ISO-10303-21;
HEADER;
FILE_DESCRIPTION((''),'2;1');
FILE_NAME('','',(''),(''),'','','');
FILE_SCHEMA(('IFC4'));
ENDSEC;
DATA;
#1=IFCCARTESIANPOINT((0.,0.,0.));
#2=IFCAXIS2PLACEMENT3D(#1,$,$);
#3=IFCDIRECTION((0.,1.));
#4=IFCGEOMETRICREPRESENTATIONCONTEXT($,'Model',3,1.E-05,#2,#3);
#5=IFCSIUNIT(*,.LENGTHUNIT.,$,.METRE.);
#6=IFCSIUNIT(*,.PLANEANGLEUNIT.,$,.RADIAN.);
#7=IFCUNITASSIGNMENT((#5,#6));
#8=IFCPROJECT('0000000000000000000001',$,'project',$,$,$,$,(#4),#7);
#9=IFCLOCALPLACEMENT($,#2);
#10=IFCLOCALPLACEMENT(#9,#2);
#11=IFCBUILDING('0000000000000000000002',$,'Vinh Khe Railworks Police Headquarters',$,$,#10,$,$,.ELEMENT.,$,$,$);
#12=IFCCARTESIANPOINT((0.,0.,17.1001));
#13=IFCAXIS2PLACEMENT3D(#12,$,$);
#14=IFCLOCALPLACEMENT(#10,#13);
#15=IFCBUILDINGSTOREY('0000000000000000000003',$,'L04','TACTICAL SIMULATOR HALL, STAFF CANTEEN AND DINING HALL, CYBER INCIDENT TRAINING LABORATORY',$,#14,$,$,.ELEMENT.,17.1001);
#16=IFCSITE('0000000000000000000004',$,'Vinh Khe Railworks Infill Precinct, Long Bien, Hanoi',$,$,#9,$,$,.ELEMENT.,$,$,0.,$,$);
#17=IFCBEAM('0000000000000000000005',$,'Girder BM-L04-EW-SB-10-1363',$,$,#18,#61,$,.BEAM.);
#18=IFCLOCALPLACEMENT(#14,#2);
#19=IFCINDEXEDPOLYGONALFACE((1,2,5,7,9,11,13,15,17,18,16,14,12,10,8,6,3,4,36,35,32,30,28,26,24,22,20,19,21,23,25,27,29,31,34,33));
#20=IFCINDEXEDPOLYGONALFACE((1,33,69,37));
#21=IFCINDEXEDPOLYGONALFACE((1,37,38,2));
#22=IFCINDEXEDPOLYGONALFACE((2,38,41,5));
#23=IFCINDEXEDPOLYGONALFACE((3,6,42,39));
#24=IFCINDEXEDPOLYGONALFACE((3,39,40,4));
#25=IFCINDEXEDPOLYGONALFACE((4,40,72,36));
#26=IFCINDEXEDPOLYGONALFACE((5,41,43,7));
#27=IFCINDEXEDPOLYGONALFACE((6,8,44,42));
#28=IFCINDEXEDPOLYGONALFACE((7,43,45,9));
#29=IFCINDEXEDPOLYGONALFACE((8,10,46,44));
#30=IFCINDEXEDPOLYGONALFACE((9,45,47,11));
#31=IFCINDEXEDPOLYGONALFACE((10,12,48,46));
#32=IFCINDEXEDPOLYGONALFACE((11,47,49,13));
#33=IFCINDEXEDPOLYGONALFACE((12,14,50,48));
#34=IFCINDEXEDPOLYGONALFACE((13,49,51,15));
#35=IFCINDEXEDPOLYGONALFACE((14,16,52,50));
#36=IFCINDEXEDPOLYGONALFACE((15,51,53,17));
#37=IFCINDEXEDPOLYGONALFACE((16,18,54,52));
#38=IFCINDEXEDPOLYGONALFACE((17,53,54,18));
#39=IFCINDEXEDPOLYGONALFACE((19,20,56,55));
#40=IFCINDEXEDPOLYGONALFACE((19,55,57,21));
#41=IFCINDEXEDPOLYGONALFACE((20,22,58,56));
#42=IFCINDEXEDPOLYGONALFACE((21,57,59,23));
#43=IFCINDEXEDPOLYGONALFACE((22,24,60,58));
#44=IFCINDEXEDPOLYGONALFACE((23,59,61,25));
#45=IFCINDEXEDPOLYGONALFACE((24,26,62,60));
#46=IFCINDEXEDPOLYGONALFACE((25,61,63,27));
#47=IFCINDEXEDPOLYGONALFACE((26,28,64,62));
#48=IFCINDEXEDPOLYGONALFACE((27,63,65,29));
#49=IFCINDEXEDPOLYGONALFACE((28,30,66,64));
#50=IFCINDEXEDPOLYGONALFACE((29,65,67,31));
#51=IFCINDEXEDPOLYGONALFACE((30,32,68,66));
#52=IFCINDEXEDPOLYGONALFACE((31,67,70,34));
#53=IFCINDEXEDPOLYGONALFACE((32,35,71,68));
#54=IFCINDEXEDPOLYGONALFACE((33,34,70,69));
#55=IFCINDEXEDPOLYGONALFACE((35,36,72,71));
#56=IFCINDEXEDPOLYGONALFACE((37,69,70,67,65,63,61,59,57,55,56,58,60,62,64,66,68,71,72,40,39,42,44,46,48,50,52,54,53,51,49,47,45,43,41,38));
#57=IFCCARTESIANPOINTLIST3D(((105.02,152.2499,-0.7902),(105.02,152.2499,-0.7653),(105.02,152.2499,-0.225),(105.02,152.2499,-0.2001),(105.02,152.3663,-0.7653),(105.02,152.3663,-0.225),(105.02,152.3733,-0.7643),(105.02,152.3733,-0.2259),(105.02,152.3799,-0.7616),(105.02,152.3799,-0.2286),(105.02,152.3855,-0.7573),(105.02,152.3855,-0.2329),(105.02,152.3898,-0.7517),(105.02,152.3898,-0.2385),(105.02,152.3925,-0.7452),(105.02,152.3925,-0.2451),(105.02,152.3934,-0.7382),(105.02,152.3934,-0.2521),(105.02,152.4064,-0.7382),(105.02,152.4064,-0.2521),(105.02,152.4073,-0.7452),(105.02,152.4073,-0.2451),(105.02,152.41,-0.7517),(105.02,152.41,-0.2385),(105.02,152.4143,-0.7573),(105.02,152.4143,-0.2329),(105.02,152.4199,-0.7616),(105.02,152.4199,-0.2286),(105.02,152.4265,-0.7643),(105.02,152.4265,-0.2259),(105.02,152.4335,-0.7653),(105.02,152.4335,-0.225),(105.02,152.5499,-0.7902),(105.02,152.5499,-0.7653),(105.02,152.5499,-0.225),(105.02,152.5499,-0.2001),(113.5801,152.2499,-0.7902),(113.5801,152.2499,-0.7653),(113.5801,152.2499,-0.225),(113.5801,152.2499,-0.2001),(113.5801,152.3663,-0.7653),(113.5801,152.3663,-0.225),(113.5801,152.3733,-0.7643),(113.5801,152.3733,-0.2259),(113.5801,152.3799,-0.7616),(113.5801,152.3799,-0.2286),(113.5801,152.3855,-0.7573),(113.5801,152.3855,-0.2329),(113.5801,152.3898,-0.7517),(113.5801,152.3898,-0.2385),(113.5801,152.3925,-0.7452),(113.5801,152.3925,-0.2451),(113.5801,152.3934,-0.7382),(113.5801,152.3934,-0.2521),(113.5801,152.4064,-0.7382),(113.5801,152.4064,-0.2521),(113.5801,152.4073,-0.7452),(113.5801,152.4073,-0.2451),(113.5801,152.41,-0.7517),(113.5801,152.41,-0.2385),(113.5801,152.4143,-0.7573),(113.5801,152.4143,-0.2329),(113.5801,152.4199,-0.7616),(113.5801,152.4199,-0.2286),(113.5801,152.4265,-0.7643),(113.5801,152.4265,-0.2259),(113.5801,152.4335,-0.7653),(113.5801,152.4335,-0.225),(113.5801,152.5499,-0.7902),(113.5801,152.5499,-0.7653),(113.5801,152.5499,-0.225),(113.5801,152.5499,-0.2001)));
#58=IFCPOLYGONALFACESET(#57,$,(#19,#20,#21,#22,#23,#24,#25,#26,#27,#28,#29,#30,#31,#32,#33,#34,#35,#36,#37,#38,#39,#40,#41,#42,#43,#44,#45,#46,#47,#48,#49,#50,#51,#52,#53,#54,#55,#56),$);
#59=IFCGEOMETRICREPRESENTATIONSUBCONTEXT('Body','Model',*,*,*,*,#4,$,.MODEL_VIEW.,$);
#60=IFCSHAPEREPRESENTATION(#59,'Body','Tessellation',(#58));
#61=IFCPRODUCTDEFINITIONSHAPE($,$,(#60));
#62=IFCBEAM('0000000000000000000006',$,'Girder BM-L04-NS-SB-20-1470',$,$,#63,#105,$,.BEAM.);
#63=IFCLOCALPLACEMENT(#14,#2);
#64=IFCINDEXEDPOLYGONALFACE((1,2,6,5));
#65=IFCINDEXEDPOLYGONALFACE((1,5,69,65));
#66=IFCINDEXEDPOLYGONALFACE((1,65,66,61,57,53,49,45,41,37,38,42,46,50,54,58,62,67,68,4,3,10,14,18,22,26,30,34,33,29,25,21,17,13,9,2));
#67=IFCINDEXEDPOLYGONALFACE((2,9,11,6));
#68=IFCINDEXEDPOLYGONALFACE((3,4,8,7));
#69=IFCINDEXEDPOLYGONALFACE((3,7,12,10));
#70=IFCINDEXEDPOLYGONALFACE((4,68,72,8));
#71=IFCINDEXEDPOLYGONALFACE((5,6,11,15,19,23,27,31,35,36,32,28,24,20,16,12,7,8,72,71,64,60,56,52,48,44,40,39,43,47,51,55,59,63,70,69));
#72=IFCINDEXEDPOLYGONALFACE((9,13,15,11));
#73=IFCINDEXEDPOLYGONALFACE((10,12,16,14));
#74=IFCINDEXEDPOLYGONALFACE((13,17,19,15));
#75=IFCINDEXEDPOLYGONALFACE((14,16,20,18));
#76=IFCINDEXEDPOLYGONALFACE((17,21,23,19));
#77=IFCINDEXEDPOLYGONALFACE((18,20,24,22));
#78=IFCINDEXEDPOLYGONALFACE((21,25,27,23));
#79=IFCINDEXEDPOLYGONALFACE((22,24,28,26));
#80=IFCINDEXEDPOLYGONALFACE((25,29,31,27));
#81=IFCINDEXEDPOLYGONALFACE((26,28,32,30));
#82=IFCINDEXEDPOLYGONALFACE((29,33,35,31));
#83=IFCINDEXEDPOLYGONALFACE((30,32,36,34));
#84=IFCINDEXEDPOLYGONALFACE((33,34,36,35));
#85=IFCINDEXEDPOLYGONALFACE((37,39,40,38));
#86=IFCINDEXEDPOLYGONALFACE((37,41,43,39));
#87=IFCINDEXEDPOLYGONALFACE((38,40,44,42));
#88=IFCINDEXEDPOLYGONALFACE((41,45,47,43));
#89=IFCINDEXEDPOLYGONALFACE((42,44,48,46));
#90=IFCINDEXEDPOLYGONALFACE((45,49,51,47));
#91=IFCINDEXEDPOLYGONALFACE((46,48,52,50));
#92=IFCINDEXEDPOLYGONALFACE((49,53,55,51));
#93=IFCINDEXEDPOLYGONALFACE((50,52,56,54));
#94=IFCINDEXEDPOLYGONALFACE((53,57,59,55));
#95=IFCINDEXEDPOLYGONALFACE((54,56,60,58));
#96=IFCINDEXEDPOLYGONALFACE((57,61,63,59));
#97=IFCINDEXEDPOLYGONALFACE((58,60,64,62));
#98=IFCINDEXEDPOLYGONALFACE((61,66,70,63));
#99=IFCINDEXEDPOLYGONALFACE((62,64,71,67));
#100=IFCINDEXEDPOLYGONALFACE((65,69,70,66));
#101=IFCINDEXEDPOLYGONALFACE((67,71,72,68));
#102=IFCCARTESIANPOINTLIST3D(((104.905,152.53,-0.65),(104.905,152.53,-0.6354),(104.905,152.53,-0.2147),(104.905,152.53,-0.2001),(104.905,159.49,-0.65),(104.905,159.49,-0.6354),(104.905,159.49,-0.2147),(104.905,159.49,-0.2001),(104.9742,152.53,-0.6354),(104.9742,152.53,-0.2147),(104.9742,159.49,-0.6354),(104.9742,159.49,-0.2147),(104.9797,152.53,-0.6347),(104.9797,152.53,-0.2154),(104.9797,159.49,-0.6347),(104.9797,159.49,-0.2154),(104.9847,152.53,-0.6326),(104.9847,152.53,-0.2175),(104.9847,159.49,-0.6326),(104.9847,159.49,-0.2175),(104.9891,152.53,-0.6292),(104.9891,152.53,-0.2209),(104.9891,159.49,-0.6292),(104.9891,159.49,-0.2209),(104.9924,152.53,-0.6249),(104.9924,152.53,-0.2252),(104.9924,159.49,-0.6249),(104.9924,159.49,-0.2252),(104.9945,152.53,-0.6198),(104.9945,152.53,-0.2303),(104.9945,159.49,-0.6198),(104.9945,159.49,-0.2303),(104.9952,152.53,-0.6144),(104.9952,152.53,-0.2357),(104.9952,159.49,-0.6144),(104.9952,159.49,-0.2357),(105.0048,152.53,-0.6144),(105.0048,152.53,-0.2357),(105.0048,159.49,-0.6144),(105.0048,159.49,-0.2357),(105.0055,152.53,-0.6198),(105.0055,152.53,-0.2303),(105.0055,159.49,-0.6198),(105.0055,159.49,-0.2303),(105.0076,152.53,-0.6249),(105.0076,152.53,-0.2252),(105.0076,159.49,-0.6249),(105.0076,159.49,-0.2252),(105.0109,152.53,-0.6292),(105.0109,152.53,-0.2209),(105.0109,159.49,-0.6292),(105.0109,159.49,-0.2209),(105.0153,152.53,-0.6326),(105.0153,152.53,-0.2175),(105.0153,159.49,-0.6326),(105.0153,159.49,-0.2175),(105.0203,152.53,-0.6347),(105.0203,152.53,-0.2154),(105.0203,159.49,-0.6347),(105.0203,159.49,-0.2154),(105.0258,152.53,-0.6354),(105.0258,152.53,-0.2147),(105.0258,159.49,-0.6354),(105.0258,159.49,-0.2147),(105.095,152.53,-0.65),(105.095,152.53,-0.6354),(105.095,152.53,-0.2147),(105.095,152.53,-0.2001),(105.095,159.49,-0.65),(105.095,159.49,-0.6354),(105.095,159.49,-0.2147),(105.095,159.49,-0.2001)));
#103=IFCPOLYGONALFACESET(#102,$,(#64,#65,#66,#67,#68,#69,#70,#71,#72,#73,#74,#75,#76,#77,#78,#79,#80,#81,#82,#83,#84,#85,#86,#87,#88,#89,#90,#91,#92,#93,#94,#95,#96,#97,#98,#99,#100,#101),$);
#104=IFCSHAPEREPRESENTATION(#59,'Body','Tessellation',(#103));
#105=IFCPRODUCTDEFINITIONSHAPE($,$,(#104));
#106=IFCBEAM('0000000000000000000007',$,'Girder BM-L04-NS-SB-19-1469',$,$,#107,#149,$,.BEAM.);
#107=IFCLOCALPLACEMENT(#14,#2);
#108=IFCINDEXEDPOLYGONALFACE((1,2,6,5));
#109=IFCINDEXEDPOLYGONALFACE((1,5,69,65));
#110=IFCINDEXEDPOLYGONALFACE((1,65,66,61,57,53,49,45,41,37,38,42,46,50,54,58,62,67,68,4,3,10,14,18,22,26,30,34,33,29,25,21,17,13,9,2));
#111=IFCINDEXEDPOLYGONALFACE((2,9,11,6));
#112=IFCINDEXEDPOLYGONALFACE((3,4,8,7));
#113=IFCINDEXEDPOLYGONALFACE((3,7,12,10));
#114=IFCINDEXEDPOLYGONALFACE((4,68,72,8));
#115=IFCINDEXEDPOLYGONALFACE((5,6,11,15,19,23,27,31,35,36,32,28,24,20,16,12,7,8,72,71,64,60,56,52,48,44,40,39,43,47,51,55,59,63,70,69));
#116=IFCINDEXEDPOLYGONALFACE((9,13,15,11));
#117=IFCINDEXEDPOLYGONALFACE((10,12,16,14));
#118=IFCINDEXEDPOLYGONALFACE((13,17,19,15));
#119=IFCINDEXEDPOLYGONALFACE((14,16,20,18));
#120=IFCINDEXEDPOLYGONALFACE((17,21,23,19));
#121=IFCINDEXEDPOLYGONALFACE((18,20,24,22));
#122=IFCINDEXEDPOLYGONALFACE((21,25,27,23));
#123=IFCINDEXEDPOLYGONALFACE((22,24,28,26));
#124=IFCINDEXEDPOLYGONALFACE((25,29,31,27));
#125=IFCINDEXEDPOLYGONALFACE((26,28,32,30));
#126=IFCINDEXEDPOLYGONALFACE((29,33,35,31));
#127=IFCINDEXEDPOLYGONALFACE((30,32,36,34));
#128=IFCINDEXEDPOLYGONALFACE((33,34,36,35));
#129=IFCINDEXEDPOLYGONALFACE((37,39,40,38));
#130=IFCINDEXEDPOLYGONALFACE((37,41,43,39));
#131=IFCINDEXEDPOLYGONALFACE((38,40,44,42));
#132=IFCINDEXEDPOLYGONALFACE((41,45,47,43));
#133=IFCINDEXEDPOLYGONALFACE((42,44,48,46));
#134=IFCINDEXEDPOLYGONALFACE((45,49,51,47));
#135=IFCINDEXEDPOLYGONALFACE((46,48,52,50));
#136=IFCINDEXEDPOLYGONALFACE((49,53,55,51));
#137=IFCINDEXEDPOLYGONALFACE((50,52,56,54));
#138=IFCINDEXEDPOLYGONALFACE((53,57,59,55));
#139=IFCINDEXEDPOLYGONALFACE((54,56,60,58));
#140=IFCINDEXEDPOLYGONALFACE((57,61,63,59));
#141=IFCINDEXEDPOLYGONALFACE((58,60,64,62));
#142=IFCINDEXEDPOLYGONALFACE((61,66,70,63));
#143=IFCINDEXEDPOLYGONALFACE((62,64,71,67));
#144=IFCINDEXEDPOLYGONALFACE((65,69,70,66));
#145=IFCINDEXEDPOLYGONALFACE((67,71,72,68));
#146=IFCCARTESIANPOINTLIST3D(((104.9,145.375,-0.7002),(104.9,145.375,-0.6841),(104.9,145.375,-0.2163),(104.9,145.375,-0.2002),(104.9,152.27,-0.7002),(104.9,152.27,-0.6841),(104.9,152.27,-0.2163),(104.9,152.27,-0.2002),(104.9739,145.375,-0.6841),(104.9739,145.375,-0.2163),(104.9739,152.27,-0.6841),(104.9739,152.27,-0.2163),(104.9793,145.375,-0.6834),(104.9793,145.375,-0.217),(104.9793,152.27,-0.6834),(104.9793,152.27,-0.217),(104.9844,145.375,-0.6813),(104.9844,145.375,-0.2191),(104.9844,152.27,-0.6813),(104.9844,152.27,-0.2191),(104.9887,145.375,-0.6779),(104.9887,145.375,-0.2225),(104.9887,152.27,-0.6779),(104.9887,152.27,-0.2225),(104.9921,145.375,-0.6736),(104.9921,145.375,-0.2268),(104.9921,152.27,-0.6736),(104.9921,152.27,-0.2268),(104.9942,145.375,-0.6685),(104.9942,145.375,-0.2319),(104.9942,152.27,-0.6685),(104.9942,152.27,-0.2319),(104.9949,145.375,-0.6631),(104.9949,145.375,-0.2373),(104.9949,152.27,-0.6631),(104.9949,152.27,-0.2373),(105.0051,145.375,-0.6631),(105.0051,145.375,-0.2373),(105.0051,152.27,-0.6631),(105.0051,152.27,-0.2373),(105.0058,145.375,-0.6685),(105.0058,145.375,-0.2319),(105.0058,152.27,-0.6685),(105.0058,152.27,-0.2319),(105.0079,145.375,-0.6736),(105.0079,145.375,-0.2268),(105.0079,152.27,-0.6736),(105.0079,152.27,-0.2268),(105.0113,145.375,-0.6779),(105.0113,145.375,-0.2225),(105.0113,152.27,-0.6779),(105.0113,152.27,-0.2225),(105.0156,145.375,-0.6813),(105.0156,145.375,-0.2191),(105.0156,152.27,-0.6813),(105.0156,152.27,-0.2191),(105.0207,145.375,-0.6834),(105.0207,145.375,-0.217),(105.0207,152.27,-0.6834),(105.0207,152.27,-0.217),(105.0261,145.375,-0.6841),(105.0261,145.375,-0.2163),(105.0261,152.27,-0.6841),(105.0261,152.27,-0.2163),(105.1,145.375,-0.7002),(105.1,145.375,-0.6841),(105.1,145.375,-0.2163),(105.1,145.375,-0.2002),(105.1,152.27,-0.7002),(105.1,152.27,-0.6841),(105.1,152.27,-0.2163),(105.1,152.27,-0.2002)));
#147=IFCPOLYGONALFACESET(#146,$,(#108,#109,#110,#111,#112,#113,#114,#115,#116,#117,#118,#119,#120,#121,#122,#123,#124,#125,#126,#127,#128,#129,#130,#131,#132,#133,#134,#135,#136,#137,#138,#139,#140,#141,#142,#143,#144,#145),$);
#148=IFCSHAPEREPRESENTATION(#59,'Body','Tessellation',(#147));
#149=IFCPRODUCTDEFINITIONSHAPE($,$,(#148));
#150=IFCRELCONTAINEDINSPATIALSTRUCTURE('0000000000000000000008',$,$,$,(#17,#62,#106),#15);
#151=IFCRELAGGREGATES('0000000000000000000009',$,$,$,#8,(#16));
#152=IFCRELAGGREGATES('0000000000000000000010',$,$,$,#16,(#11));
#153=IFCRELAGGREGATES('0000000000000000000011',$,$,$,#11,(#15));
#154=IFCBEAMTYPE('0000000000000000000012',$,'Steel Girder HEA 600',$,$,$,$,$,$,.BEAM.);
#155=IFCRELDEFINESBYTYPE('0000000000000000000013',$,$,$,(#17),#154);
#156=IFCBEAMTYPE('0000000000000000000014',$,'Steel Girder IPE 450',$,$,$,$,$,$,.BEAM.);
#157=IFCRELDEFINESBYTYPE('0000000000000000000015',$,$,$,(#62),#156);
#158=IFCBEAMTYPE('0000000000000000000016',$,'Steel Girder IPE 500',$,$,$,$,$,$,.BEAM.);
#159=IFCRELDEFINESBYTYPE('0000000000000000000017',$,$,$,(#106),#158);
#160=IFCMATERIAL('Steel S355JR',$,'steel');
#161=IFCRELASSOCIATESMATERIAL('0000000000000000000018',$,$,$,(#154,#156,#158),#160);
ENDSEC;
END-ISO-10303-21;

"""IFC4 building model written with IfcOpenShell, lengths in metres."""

from ifc_helpers import new_model, si_unit, direction, frame, origin, origin_2d, place, context, subcontext, project, spatial, i_section, extrude, material, material_profile, profile_set, type_object, element, save


model = new_model("IFC4")

# Units and contexts
model_context = context("Model", 3, precision=1e-05, world=origin(), true_north=direction((0.0, 1.0)))
body_context = subcontext(model_context, "Body", "Model", "MODEL_VIEW")
ifc_project = project(units=[si_unit("LENGTHUNIT", "METRE"), si_unit("PLANEANGLEUNIT", "RADIAN")], contexts=[model_context])

# Site, building, storey
site_placement = place(None, origin())
site = spatial("IfcSite", under=ifc_project, at=site_placement, Name="Vinh Khe Railworks Infill Precinct, Long Bien, Hanoi", CompositionType="ELEMENT", RefElevation=0.0)
building_placement = place(site_placement, origin())
building = spatial("IfcBuilding", under=site, at=building_placement, Name="Vinh Khe Railworks Police Headquarters", CompositionType="ELEMENT")
storey_placement = place(building_placement, frame((0.0, 0.0, 17.1001)))
storey = spatial("IfcBuildingStorey", under=building, at=storey_placement, Name="L04", Description="TACTICAL SIMULATOR HALL, STAFF CANTEEN AND DINING HALL, CYBER INCIDENT TRAINING LABORATORY", CompositionType="ELEMENT", Elevation=17.1001)

# Shared definitions
ifc_material_1 = material(Name="Steel S355JR", Category="steel")

# Beams
ifc_material_profile_1 = material_profile(ifc_material_1, i_section(OverallWidth=0.3, OverallDepth=0.5901, WebThickness=0.0129, FlangeThickness=0.0249, FilletRadius=0.0271, at=origin_2d()), Name="HEA 600")
ifc_profile_set_1 = profile_set([ifc_material_profile_1], Name="Steel S355JR")
beam_type_1 = type_object("IfcBeamType", Name="Steel Girder HEA 600", PredefinedType="BEAM", material=ifc_profile_set_1)
beam_1_placement = place(storey_placement, frame((105.02, 152.3999, -0.4951), z_axis=(1.0, 0.0, 0.0), x_axis=(0.0, 1.0, 0.0)))
element("IfcBeam", 1, at=beam_1_placement, inside=storey, type_object=beam_type_1, Name="Girder BM-L04-EW-SB-10-1363", PredefinedType="BEAM", context=body_context, shape_type="SweptSolid", body=[
    extrude(i_section(OverallWidth=0.3, OverallDepth=0.5901, WebThickness=0.0129, FlangeThickness=0.0249, FilletRadius=0.0271, at=origin_2d()), origin(), (0.0, 0.0, 1.0), 8.5601),
])
ifc_material_profile_2 = material_profile(ifc_material_1, i_section(OverallWidth=0.1899, OverallDepth=0.45, WebThickness=0.0095, FlangeThickness=0.0146, FilletRadius=0.021, at=origin_2d()), Name="IPE 450")
ifc_profile_set_2 = profile_set([ifc_material_profile_2], Name="Steel S355JR")
beam_type_2 = type_object("IfcBeamType", Name="Steel Girder IPE 450", PredefinedType="BEAM", material=ifc_profile_set_2)
beam_2_placement = place(storey_placement, frame((105.0, 152.53, -0.425), z_axis=(0.0, 1.0, 0.0), x_axis=(-1.0, 0.0, 0.0)))
element("IfcBeam", 2, at=beam_2_placement, inside=storey, type_object=beam_type_2, Name="Girder BM-L04-NS-SB-20-1470", PredefinedType="BEAM", context=body_context, shape_type="SweptSolid", body=[
    extrude(i_section(OverallWidth=0.1899, OverallDepth=0.45, WebThickness=0.0095, FlangeThickness=0.0146, FilletRadius=0.021, at=origin_2d()), origin(), (0.0, 0.0, 1.0), 6.96),
])
ifc_material_profile_3 = material_profile(ifc_material_1, i_section(OverallWidth=0.2, OverallDepth=0.5, WebThickness=0.0103, FlangeThickness=0.0161, FilletRadius=0.021, at=origin_2d()), Name="IPE 500")
ifc_profile_set_3 = profile_set([ifc_material_profile_3], Name="Steel S355JR")
beam_type_3 = type_object("IfcBeamType", Name="Steel Girder IPE 500", PredefinedType="BEAM", material=ifc_profile_set_3)
beam_3_placement = place(storey_placement, frame((105.0, 145.375, -0.4502), z_axis=(0.0, 1.0, 0.0), x_axis=(-1.0, 0.0, 0.0)))
element("IfcBeam", 3, at=beam_3_placement, inside=storey, type_object=beam_type_3, Name="Girder BM-L04-NS-SB-19-1469", PredefinedType="BEAM", context=body_context, shape_type="SweptSolid", body=[
    extrude(i_section(OverallWidth=0.2, OverallDepth=0.5, WebThickness=0.0103, FlangeThickness=0.0161, FilletRadius=0.021, at=origin_2d()), origin(), (0.0, 0.0, 1.0), 6.895),
])

save(model, "model.ifc")
